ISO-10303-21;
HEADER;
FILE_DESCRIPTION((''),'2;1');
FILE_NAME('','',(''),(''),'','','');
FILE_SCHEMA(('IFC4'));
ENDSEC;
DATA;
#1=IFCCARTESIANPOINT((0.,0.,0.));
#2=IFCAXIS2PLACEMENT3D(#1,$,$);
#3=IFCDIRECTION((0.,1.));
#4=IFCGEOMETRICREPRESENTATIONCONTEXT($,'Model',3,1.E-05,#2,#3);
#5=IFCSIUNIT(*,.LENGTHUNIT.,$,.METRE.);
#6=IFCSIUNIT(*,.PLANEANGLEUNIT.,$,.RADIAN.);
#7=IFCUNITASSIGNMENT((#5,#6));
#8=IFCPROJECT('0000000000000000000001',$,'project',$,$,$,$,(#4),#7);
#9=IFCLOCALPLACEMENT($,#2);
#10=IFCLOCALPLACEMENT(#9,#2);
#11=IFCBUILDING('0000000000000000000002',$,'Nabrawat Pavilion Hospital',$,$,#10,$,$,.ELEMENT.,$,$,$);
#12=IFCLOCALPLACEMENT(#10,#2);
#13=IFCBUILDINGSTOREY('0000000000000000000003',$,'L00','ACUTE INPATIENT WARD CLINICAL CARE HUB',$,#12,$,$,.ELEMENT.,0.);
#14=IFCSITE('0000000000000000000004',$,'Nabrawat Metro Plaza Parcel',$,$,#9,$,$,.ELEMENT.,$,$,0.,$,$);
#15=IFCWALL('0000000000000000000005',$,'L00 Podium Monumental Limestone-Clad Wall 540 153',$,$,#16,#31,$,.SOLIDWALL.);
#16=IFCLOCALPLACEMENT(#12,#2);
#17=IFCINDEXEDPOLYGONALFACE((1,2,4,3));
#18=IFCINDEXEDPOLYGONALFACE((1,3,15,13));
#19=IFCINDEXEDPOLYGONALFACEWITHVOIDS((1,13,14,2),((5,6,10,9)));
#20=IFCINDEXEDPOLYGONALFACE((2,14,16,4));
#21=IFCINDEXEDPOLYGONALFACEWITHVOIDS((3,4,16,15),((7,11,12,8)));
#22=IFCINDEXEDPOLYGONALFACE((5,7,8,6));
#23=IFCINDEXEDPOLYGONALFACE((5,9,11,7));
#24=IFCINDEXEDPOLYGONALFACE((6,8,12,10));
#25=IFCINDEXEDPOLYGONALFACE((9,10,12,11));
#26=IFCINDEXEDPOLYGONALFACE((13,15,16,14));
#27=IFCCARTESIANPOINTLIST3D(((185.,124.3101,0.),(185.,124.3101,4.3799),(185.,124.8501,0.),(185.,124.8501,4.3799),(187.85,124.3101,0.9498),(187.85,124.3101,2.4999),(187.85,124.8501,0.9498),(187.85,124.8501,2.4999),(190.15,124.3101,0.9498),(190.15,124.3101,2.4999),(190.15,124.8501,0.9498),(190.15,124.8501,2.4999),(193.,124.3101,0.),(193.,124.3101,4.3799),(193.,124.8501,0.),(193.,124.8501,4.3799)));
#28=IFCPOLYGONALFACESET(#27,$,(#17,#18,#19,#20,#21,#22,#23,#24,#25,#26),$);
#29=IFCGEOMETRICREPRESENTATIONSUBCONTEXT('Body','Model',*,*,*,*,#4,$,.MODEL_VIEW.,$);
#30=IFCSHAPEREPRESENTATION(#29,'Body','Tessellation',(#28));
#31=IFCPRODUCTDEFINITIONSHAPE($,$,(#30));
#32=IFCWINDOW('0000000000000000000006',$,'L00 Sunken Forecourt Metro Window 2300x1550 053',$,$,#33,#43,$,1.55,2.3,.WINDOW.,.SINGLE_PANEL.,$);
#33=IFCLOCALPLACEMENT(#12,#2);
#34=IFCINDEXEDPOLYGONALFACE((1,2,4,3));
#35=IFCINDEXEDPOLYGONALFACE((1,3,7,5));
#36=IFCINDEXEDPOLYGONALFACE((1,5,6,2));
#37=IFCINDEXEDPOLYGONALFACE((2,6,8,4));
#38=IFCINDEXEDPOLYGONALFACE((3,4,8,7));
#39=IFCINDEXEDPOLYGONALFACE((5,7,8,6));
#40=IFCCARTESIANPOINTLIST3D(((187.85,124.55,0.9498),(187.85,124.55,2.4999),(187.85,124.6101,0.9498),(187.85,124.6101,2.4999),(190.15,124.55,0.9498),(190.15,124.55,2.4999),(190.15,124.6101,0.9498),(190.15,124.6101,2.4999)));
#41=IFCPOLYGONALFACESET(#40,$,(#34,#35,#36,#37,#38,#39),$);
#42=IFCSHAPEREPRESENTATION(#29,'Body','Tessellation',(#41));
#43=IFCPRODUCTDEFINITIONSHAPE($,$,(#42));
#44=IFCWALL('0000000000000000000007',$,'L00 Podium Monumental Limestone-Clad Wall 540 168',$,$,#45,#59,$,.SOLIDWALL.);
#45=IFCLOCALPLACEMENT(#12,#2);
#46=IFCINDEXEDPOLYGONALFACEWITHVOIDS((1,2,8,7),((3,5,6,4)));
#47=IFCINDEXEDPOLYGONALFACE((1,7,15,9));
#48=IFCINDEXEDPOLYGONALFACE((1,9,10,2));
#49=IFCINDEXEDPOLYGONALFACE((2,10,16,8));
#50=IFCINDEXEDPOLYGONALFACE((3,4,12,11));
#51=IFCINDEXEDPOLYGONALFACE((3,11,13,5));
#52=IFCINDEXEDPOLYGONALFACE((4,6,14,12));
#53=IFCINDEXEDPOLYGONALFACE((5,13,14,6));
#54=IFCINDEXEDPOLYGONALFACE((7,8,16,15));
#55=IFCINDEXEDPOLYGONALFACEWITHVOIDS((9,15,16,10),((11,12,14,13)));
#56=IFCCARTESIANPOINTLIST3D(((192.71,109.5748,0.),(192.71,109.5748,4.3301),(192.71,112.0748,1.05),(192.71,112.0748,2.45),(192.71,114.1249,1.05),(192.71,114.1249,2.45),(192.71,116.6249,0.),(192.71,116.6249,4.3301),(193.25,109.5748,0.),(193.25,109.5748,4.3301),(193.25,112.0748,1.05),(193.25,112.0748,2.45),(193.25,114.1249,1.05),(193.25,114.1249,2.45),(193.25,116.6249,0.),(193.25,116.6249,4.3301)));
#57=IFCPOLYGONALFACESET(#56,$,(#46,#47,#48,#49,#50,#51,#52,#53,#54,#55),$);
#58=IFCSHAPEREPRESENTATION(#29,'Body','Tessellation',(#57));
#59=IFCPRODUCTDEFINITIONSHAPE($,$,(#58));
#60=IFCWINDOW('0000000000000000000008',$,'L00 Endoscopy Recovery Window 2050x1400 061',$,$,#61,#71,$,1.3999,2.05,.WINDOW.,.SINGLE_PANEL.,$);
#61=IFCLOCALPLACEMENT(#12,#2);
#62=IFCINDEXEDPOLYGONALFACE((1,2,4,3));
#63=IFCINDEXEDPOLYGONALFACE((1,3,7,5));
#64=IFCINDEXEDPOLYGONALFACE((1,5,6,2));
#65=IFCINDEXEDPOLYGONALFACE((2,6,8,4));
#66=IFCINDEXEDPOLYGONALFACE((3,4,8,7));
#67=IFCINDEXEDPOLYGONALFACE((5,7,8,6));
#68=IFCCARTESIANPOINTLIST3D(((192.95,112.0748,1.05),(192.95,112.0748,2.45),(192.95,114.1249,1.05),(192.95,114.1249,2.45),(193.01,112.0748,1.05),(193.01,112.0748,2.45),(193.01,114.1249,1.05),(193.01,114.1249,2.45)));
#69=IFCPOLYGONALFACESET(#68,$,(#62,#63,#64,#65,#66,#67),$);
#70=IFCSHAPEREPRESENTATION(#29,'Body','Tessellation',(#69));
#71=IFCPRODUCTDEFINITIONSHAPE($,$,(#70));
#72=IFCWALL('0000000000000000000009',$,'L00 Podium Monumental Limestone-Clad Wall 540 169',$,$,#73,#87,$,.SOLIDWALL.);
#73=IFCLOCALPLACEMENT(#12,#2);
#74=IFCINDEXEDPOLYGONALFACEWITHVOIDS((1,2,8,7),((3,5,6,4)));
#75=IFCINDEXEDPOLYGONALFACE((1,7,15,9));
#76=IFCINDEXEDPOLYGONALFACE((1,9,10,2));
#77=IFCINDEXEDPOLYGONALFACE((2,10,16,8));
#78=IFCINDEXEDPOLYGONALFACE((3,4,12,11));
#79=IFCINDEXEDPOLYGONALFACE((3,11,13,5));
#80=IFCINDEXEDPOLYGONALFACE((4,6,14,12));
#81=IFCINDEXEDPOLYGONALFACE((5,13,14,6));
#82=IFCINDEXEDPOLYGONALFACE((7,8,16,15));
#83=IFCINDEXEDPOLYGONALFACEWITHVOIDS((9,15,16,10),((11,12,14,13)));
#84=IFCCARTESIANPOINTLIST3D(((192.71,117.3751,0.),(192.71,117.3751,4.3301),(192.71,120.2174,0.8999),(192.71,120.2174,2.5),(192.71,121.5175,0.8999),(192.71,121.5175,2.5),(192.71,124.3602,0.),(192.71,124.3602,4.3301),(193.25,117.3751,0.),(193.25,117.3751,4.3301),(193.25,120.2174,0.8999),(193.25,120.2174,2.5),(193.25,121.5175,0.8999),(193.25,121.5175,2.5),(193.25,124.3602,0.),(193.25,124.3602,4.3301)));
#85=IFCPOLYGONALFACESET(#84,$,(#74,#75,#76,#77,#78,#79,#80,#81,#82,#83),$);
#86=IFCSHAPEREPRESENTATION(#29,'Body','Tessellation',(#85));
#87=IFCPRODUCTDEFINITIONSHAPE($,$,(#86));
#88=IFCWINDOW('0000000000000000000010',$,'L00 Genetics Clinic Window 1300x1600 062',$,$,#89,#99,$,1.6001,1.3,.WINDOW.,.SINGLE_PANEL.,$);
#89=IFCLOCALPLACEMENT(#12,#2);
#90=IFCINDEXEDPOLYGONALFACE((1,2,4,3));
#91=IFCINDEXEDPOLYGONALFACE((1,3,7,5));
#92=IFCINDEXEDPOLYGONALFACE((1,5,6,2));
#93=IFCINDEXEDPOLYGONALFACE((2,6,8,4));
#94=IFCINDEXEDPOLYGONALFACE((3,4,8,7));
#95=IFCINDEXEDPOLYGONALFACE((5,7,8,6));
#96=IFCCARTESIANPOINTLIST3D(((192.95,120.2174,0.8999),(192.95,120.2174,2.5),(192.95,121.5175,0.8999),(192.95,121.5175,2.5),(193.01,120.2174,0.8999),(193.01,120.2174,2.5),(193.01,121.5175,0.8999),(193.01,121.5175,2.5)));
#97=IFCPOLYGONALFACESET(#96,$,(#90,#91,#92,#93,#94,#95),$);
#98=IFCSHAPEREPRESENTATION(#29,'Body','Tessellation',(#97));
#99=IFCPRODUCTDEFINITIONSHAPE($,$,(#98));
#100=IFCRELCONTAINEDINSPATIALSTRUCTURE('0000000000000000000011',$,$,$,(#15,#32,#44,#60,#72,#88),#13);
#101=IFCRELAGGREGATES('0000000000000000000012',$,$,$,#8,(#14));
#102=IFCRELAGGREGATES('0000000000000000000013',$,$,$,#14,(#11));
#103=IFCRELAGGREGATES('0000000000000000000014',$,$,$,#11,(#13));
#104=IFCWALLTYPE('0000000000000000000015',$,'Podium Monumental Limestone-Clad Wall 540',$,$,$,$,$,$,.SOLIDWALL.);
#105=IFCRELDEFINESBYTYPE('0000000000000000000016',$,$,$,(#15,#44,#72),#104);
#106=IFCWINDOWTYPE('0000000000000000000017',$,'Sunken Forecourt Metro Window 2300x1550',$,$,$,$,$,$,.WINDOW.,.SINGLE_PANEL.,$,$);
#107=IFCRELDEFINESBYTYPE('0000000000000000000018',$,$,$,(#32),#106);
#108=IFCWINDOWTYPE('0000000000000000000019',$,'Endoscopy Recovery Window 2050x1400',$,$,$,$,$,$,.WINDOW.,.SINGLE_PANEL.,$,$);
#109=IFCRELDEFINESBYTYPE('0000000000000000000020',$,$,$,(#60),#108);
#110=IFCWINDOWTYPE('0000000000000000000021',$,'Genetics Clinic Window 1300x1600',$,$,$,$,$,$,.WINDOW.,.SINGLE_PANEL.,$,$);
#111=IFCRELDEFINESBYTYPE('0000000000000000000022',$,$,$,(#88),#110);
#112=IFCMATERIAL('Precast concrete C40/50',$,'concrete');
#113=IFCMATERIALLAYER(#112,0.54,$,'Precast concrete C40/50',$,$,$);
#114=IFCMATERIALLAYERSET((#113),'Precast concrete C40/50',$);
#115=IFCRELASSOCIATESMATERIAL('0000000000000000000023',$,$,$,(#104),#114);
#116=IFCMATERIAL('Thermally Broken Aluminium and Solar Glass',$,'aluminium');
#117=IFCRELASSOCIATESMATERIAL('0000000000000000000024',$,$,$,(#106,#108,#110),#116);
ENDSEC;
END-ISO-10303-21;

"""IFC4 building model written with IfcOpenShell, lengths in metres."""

from ifc_helpers import new_model, si_unit, direction, frame, frame_2d, origin, place, context, subcontext, project, spatial, rectangle, extrude, material, layer, layer_set, type_object, element, fill, save


model = new_model("IFC4")

# Units and contexts
model_context = context("Model", 3, precision=1e-05, world=origin(), true_north=direction((0.0, 1.0)))
body_context = subcontext(model_context, "Body", "Model", "MODEL_VIEW")
ifc_project = project(units=[si_unit("LENGTHUNIT", "METRE"), si_unit("PLANEANGLEUNIT", "RADIAN")], contexts=[model_context])

# Site, building, storey
site_placement = place(None, origin())
site = spatial("IfcSite", under=ifc_project, at=site_placement, Name="Nabrawat Metro Plaza Parcel", CompositionType="ELEMENT", RefElevation=0.0)
building_placement = place(site_placement, origin())
building = spatial("IfcBuilding", under=site, at=building_placement, Name="Nabrawat Pavilion Hospital", CompositionType="ELEMENT")
storey_placement = place(building_placement, origin())
storey = spatial("IfcBuildingStorey", under=building, at=storey_placement, Name="L00", Description="ACUTE INPATIENT WARD CLINICAL CARE HUB", CompositionType="ELEMENT", Elevation=0.0)

# Walls, openings, windows
ifc_material_1 = material(Name="Precast concrete C40/50", Category="concrete")
ifc_layer = layer(ifc_material_1, 0.54, Name="Precast concrete C40/50")
ifc_layer_set = layer_set([ifc_layer], Name="Precast concrete C40/50")
wall_type = type_object("IfcWallType", Name="Podium Monumental Limestone-Clad Wall 540", PredefinedType="SOLIDWALL", material=ifc_layer_set)
ifc_material_2 = material(Name="Thermally Broken Aluminium and Solar Glass", Category="aluminium")
wall_1_placement = place(storey_placement, frame((185.0, 124.5801, 0.0), z_axis=(0.0, 0.0, 1.0), x_axis=(1.0, 0.0, 0.0)))
wall_1 = element("IfcWall", 1, at=wall_1_placement, inside=storey, type_object=wall_type, Name="L00 Podium Monumental Limestone-Clad Wall 540 153", PredefinedType="SOLIDWALL", context=body_context, shape_type="SweptSolid", body=[
    extrude(rectangle(XDim=8.0, YDim=0.54, at=frame_2d((4.0, 0.0))), origin(), (0.0, 0.0, 1.0), 4.3799),
])
opening_1_placement = place(wall_1_placement, frame((2.8501, 0.0, 0.95)))
opening_1 = element("IfcOpeningElement", 2, at=opening_1_placement, cuts=wall_1, PredefinedType="OPENING", context=body_context, shape_type="SweptSolid", body=[
    extrude(rectangle(XDim=2.3, YDim=1.55, at=frame_2d((1.1499, 0.7749))), frame((0.0, 0.28, 0.0), z_axis=(0.0, -1.0, 0.0), x_axis=(1.0, 0.0, 0.0)), (0.0, 0.0, 1.0), 0.5601),
])
window_type_1 = type_object("IfcWindowType", Name="Sunken Forecourt Metro Window 2300x1550", PartitioningType="SINGLE_PANEL", PredefinedType="WINDOW", material=ifc_material_2)
window_1_placement = place(opening_1_placement, origin())
window_1 = element("IfcWindow", 3, at=window_1_placement, inside=storey, type_object=window_type_1, Name="L00 Sunken Forecourt Metro Window 2300x1550 053", OverallHeight=1.55, OverallWidth=2.3, PartitioningType="SINGLE_PANEL", PredefinedType="WINDOW", context=body_context, shape_type="SweptSolid", body=[
    extrude(rectangle(XDim=2.3, YDim=1.55, at=frame_2d((1.1499, 0.7749))), frame((0.0, 0.03, 0.0), z_axis=(0.0, -1.0, 0.0), x_axis=(1.0, 0.0, 0.0)), (0.0, 0.0, 1.0), 0.0601),
])
fill(opening_1, window_1)
wall_2_placement = place(storey_placement, frame((192.98, 109.575, 0.0), z_axis=(0.0, 0.0, 1.0), x_axis=(0.0, 1.0, 0.0)))
wall_2 = element("IfcWall", 4, at=wall_2_placement, inside=storey, type_object=wall_type, Name="L00 Podium Monumental Limestone-Clad Wall 540 168", PredefinedType="SOLIDWALL", context=body_context, shape_type="SweptSolid", body=[
    extrude(rectangle(XDim=7.05, YDim=0.54, at=frame_2d((3.5249, 0.0))), origin(), (0.0, 0.0, 1.0), 4.3301),
])
opening_2_placement = place(wall_2_placement, frame((2.5, 0.0, 1.05)))
opening_2 = element("IfcOpeningElement", 5, at=opening_2_placement, cuts=wall_2, PredefinedType="OPENING", context=body_context, shape_type="SweptSolid", body=[
    extrude(rectangle(XDim=2.05, YDim=1.3999, at=frame_2d((1.0249, 0.7))), frame((0.0, 0.28, 0.0), z_axis=(0.0, -1.0, 0.0), x_axis=(1.0, 0.0, 0.0)), (0.0, 0.0, 1.0), 0.5601),
])
window_type_2 = type_object("IfcWindowType", Name="Endoscopy Recovery Window 2050x1400", PartitioningType="SINGLE_PANEL", PredefinedType="WINDOW", material=ifc_material_2)
window_2_placement = place(opening_2_placement, origin())
window_2 = element("IfcWindow", 6, at=window_2_placement, inside=storey, type_object=window_type_2, Name="L00 Endoscopy Recovery Window 2050x1400 061", OverallHeight=1.3999, OverallWidth=2.05, PartitioningType="SINGLE_PANEL", PredefinedType="WINDOW", context=body_context, shape_type="SweptSolid", body=[
    extrude(rectangle(XDim=2.05, YDim=1.3999, at=frame_2d((1.0249, 0.7))), frame((0.0, 0.03, 0.0), z_axis=(0.0, -1.0, 0.0), x_axis=(1.0, 0.0, 0.0)), (0.0, 0.0, 1.0), 0.0601),
])
fill(opening_2, window_2)
wall_3_placement = place(storey_placement, frame((192.98, 117.375, 0.0), z_axis=(0.0, 0.0, 1.0), x_axis=(0.0, 1.0, 0.0)))
wall_3 = element("IfcWall", 7, at=wall_3_placement, inside=storey, type_object=wall_type, Name="L00 Podium Monumental Limestone-Clad Wall 540 169", PredefinedType="SOLIDWALL", context=body_context, shape_type="SweptSolid", body=[
    extrude(rectangle(XDim=6.9851, YDim=0.54, at=frame_2d((3.4927, 0.0))), origin(), (0.0, 0.0, 1.0), 4.3301),
])
opening_3_placement = place(wall_3_placement, frame((2.8425, 0.0, 0.8999)))
opening_3 = element("IfcOpeningElement", 8, at=opening_3_placement, cuts=wall_3, PredefinedType="OPENING", context=body_context, shape_type="SweptSolid", body=[
    extrude(rectangle(XDim=1.3, YDim=1.6001, at=frame_2d((0.6499, 0.8))), frame((0.0, 0.28, 0.0), z_axis=(0.0, -1.0, 0.0), x_axis=(1.0, 0.0, 0.0)), (0.0, 0.0, 1.0), 0.5601),
])
window_type_3 = type_object("IfcWindowType", Name="Genetics Clinic Window 1300x1600", PartitioningType="SINGLE_PANEL", PredefinedType="WINDOW", material=ifc_material_2)
window_3_placement = place(opening_3_placement, origin())
window_3 = element("IfcWindow", 9, at=window_3_placement, inside=storey, type_object=window_type_3, Name="L00 Genetics Clinic Window 1300x1600 062", OverallHeight=1.6001, OverallWidth=1.3, PartitioningType="SINGLE_PANEL", PredefinedType="WINDOW", context=body_context, shape_type="SweptSolid", body=[
    extrude(rectangle(XDim=1.3, YDim=1.6001, at=frame_2d((0.6499, 0.8))), frame((0.0, 0.03, 0.0), z_axis=(0.0, -1.0, 0.0), x_axis=(1.0, 0.0, 0.0)), (0.0, 0.0, 1.0), 0.0601),
])
fill(opening_3, window_3)

save(model, "model.ifc")
